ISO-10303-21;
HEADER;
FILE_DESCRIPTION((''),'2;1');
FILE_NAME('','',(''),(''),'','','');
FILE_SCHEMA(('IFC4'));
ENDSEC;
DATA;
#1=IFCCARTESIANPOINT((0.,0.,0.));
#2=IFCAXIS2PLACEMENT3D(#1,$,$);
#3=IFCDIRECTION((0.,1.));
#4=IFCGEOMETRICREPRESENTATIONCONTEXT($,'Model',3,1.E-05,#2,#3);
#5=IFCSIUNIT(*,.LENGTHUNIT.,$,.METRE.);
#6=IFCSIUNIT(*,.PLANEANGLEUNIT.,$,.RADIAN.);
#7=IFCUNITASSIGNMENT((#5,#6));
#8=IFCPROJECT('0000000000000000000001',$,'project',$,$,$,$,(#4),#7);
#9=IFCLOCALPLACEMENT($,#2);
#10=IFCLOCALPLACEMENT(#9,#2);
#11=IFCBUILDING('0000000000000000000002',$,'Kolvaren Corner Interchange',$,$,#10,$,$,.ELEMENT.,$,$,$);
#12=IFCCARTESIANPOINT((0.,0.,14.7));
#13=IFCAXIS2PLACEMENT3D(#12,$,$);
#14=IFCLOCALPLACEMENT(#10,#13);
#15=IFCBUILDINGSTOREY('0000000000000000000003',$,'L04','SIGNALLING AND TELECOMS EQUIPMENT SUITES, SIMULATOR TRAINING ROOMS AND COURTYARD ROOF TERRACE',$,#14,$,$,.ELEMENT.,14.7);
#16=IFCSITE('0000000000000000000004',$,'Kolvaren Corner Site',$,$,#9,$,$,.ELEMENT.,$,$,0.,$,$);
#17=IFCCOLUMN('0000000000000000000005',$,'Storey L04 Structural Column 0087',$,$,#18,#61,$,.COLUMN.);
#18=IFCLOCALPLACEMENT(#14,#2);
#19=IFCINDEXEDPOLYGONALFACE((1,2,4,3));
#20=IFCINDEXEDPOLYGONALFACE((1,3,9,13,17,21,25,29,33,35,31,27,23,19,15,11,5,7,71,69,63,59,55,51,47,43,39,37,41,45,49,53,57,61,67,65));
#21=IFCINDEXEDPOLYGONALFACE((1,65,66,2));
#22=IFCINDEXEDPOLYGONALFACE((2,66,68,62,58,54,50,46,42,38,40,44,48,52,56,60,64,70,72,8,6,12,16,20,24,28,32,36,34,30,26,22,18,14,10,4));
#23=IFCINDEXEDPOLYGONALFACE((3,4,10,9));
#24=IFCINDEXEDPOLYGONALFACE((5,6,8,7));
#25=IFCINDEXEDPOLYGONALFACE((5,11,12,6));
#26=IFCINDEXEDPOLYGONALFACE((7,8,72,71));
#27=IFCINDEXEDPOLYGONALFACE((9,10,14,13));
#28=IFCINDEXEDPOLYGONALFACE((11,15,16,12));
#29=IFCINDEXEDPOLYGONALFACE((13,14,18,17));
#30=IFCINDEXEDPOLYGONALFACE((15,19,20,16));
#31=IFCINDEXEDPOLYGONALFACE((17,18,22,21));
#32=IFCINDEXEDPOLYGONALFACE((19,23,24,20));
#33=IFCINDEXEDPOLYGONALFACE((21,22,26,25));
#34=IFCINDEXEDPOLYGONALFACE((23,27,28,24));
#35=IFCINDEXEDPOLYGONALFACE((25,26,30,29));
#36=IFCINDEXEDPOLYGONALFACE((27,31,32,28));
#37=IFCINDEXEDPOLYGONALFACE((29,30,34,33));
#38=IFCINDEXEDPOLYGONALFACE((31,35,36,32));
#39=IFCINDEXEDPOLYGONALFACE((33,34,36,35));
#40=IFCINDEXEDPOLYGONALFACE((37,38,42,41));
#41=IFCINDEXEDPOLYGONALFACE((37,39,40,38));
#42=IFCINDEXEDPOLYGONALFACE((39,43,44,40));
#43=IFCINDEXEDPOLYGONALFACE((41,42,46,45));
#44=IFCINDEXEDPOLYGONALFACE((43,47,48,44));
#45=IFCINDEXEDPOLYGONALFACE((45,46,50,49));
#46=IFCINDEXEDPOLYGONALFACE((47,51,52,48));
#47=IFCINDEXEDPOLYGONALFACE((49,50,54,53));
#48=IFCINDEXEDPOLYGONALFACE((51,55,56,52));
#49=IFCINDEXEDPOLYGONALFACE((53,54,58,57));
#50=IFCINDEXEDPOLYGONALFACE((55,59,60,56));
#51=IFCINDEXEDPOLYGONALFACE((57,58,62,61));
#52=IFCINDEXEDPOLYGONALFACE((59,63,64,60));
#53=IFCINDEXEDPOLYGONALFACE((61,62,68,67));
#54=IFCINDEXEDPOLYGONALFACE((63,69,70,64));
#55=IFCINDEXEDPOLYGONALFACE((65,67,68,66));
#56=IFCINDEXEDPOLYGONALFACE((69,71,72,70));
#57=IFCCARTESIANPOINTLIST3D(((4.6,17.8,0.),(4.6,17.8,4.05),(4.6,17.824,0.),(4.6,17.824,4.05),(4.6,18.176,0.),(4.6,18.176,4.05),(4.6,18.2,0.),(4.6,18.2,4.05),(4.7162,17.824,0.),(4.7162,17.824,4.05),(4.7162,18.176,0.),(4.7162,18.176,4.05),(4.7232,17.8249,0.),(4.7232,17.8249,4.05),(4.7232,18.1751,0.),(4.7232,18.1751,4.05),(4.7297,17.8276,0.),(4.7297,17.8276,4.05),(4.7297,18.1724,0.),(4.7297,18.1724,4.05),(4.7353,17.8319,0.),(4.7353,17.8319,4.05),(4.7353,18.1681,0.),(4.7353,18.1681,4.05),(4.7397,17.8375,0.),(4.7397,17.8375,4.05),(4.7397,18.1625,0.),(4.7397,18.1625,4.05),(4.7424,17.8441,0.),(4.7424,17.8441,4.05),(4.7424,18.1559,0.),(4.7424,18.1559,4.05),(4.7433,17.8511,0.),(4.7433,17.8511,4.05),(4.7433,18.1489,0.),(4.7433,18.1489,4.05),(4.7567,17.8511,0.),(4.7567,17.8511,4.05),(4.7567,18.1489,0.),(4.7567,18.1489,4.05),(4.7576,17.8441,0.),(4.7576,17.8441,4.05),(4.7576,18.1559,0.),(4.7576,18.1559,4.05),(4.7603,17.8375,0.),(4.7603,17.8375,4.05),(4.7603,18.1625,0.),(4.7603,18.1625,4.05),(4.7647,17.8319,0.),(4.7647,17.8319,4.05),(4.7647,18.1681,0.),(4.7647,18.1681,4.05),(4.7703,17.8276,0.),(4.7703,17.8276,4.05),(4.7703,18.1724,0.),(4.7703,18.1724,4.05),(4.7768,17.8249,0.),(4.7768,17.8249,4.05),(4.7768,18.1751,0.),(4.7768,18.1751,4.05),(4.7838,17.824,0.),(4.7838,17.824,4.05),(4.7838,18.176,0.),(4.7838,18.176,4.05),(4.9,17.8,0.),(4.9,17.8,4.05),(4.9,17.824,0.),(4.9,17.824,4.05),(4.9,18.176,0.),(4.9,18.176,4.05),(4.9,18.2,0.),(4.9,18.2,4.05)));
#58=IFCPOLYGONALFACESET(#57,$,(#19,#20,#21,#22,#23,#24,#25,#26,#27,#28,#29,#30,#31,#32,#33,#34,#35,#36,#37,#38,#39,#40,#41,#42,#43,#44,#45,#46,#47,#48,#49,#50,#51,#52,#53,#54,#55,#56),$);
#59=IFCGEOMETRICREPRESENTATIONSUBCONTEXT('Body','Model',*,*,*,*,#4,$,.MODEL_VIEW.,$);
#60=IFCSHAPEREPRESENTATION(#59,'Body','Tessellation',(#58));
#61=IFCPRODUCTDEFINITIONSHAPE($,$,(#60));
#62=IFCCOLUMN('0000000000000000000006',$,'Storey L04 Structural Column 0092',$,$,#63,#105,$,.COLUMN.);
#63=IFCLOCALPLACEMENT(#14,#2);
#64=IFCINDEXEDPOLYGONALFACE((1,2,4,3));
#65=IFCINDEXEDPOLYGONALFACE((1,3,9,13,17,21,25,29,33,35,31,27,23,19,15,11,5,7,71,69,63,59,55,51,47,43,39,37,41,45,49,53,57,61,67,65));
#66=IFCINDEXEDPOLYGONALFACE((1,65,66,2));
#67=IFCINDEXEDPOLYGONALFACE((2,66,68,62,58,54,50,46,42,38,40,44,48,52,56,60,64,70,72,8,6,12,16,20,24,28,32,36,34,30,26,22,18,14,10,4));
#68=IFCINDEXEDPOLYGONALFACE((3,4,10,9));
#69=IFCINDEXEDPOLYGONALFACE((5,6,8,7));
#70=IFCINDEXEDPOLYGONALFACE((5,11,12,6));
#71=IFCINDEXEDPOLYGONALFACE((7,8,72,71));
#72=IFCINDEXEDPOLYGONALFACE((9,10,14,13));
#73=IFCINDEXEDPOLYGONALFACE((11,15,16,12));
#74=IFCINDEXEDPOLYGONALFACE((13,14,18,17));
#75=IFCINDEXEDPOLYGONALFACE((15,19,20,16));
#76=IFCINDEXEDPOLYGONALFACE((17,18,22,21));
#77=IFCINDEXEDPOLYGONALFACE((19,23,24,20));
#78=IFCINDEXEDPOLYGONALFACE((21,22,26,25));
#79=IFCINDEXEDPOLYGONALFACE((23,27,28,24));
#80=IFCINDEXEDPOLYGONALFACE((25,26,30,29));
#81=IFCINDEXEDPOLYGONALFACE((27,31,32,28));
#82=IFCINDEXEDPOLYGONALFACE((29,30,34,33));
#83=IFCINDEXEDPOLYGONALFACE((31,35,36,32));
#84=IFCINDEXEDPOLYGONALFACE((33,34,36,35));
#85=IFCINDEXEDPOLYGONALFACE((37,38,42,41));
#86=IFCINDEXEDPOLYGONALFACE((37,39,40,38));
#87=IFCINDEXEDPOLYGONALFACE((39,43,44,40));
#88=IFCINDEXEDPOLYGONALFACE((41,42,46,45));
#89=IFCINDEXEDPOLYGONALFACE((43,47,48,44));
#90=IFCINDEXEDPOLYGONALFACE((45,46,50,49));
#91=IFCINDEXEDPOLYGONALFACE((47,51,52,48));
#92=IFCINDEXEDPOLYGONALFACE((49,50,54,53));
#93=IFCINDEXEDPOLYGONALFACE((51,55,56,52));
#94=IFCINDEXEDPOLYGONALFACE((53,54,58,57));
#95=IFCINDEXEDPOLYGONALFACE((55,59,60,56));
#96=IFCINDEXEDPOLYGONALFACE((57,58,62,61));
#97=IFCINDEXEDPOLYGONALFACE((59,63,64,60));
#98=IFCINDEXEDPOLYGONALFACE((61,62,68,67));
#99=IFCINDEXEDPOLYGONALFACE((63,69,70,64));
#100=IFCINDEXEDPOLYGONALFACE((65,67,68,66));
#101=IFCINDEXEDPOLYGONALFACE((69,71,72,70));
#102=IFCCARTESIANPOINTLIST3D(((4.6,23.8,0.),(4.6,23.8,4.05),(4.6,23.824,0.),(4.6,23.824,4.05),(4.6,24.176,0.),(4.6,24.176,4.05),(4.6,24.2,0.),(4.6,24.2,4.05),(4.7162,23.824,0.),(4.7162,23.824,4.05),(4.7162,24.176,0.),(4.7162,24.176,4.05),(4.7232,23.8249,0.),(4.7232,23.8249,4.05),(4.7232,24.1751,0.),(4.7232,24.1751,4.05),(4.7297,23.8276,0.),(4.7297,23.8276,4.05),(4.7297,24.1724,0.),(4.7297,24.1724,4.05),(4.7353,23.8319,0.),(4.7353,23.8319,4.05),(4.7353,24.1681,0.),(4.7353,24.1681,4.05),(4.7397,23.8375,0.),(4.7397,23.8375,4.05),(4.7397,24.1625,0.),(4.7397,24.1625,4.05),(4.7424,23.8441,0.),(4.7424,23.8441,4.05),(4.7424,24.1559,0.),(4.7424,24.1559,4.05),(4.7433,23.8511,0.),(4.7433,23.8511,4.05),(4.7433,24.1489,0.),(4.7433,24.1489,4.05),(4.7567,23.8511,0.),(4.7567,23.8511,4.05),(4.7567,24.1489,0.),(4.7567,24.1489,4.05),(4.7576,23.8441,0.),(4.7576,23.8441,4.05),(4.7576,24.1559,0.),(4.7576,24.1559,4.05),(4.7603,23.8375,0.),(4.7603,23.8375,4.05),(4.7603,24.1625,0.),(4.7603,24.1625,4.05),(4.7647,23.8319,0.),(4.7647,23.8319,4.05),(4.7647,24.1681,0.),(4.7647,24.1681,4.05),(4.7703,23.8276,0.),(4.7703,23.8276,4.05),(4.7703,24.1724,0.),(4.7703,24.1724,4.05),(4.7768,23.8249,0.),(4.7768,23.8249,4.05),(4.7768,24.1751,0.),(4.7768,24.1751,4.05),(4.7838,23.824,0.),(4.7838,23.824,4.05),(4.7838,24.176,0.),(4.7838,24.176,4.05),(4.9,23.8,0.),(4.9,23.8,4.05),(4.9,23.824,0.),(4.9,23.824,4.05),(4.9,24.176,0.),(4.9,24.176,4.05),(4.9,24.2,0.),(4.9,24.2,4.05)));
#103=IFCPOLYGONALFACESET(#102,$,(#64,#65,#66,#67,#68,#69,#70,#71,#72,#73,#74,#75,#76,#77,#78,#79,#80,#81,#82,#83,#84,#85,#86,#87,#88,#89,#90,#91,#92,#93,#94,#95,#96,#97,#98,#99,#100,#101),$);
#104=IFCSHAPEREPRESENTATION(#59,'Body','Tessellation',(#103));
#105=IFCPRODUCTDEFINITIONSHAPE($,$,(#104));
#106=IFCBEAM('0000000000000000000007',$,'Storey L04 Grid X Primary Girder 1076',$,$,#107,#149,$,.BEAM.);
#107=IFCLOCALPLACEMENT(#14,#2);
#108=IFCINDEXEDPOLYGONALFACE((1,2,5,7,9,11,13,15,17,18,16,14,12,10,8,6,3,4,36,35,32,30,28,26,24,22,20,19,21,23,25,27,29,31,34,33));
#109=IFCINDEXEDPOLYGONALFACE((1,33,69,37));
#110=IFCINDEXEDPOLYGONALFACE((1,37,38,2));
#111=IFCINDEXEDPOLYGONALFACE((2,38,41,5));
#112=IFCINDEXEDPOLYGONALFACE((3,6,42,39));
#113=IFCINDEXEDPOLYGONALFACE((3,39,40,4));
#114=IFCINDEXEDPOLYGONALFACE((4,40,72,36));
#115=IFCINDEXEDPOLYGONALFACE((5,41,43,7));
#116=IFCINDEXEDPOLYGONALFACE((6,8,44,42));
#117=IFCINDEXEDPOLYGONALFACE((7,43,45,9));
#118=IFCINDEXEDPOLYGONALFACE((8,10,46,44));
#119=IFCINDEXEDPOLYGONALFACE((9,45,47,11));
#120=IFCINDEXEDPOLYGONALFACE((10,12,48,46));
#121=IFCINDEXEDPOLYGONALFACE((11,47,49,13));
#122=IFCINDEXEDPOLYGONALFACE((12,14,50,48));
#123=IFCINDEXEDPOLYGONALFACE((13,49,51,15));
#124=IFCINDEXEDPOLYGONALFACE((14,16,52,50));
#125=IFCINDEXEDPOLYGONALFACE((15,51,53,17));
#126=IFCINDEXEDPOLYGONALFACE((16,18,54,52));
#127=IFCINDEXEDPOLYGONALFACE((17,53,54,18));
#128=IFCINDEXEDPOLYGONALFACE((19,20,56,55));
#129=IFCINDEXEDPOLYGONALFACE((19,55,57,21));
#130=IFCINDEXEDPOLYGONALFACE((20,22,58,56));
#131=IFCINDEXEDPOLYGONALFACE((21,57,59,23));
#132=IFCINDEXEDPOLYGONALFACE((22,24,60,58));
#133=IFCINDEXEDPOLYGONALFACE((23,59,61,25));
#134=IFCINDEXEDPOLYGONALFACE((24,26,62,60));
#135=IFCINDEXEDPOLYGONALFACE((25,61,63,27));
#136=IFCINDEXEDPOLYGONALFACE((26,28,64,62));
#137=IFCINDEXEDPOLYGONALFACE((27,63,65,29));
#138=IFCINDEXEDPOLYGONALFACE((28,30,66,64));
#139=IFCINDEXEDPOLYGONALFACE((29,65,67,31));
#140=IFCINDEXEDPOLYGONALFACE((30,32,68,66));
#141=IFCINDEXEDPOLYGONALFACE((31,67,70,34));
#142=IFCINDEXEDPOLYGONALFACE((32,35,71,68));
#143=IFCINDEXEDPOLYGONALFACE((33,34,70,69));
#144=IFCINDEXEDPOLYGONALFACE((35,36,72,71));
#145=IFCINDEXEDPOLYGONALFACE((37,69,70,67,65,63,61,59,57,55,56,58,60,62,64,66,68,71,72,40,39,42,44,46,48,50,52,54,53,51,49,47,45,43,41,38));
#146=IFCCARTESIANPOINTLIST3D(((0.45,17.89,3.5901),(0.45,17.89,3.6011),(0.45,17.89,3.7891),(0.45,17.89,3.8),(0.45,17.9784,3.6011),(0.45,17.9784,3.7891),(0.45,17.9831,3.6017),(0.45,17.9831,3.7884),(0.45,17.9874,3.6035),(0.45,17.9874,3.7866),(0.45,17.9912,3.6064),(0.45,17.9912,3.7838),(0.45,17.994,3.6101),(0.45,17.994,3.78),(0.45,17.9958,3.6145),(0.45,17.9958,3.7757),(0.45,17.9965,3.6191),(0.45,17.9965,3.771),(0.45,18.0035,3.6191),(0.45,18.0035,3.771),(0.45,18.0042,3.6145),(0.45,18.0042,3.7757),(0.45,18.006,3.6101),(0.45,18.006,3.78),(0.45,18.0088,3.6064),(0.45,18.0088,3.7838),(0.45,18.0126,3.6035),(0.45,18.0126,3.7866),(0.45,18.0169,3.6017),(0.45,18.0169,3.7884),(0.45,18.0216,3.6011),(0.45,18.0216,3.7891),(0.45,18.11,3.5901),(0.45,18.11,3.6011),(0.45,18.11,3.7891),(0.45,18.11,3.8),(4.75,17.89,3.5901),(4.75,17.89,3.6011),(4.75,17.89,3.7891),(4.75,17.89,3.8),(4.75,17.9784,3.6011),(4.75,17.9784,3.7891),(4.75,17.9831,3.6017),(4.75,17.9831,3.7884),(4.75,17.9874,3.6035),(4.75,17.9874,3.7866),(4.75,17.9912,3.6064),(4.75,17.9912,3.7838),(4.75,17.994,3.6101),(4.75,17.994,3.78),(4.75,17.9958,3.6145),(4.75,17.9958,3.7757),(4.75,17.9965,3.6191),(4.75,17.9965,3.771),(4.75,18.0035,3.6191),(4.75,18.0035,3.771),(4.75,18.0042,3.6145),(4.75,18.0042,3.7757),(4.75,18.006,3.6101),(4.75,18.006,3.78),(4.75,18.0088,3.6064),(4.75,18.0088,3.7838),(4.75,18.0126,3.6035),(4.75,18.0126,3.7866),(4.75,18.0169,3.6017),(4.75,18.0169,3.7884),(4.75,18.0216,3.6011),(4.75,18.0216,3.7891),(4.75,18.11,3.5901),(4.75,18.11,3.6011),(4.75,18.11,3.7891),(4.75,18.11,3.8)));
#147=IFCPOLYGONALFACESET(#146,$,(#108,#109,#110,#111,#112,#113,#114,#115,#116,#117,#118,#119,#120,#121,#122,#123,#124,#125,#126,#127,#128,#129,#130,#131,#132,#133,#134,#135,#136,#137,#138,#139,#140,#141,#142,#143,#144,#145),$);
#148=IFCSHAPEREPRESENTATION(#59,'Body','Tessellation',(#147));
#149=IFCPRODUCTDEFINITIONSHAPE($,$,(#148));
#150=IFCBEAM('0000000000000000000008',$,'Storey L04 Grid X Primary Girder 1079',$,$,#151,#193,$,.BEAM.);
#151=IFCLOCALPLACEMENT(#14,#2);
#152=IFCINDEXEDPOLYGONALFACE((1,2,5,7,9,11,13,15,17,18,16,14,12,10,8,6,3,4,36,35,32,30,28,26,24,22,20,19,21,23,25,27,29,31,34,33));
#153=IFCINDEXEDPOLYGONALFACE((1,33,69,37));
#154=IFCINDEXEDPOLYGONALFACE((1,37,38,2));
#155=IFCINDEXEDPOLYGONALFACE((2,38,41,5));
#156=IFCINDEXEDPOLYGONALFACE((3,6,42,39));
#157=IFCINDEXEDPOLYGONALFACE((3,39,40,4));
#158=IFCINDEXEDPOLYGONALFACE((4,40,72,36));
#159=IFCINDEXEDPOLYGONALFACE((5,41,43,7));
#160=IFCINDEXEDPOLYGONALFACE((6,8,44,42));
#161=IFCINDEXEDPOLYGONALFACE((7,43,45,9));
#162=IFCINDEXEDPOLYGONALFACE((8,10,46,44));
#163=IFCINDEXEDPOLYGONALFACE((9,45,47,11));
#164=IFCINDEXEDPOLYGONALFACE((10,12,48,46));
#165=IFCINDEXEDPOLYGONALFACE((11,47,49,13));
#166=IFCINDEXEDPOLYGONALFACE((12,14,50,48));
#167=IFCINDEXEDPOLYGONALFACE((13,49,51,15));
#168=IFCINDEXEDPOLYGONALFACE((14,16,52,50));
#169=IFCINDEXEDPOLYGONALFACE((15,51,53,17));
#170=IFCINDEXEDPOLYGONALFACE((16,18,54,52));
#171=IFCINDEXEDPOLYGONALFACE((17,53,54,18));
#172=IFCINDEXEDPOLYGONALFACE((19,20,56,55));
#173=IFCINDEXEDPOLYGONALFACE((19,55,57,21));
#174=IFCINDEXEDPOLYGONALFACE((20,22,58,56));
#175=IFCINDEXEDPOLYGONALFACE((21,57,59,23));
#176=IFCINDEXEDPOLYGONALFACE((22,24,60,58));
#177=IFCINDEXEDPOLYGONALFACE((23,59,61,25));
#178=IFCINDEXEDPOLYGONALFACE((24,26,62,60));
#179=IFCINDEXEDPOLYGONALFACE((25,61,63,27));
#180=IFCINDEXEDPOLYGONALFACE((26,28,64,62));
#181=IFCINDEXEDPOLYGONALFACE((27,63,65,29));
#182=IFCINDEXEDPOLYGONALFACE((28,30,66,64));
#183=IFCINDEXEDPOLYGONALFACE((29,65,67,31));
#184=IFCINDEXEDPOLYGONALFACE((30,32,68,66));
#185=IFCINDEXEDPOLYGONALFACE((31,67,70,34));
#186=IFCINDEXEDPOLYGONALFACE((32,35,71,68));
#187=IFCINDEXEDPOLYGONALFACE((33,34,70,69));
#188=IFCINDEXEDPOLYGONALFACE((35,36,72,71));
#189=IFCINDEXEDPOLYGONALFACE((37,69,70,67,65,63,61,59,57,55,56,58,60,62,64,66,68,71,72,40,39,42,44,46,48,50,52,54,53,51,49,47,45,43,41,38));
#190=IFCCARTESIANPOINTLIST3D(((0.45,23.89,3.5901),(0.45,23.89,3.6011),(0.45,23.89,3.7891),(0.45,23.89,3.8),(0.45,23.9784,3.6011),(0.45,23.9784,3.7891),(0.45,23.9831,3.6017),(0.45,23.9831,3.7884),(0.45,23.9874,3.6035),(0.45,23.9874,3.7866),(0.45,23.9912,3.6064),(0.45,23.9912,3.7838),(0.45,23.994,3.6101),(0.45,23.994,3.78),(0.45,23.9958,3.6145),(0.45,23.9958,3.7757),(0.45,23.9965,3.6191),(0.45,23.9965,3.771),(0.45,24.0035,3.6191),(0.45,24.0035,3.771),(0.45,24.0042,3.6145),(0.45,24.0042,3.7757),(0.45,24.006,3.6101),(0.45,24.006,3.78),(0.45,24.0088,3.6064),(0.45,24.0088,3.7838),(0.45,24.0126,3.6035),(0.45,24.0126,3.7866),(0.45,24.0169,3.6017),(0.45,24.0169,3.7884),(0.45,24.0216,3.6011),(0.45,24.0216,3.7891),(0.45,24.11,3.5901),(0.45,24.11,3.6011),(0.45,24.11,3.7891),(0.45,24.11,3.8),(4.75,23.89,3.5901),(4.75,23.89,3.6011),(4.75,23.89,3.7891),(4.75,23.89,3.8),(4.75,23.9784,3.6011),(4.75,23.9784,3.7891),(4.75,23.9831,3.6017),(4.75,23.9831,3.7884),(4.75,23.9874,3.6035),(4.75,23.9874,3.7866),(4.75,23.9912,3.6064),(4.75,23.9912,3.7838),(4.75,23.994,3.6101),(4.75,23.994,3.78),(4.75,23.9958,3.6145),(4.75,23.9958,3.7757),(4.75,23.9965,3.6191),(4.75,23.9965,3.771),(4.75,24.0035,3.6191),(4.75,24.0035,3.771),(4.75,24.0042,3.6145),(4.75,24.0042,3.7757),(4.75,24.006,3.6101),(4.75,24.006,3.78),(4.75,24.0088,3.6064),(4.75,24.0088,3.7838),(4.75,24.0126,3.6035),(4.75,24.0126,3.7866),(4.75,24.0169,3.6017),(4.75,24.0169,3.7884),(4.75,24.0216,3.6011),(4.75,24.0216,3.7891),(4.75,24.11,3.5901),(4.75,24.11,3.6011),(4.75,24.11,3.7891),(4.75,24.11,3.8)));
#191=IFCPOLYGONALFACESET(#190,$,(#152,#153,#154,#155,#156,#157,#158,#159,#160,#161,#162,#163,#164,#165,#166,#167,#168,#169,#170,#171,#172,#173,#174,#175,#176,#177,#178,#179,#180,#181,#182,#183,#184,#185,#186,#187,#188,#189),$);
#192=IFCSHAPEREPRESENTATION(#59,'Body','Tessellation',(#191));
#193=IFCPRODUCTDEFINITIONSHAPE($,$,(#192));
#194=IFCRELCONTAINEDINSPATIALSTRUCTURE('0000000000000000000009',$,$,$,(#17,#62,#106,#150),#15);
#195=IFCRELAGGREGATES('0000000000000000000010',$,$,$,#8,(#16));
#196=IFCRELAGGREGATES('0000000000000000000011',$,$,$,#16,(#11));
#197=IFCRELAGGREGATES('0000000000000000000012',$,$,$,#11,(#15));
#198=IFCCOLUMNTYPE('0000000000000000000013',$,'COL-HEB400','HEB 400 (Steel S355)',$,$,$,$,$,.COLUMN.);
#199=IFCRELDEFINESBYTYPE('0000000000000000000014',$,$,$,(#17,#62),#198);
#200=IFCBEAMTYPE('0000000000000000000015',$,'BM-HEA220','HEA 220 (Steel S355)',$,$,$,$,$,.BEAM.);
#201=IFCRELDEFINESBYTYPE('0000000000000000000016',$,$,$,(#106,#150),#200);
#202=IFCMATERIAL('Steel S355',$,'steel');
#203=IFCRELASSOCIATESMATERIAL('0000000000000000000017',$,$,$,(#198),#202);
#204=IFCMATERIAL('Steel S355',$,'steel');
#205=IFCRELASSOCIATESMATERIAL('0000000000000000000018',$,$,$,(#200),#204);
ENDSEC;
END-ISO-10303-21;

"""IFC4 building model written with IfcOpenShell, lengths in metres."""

from ifc_helpers import new_model, si_unit, direction, frame, origin, origin_2d, place, context, subcontext, project, spatial, i_section, extrude, material, material_profile, profile_set, type_object, element, save


model = new_model("IFC4")

# Units and contexts
model_context = context("Model", 3, precision=1e-05, world=origin(), true_north=direction((0.0, 1.0)))
body_context = subcontext(model_context, "Body", "Model", "MODEL_VIEW")
ifc_project = project(units=[si_unit("LENGTHUNIT", "METRE"), si_unit("PLANEANGLEUNIT", "RADIAN")], contexts=[model_context])

# Site, building, storey
site_placement = place(None, origin())
site = spatial("IfcSite", under=ifc_project, at=site_placement, Name="Kolvaren Corner Site", CompositionType="ELEMENT", RefElevation=0.0)
building_placement = place(site_placement, origin())
building = spatial("IfcBuilding", under=site, at=building_placement, Name="Kolvaren Corner Interchange", CompositionType="ELEMENT")
storey_placement = place(building_placement, frame((0.0, 0.0, 14.7)))
storey = spatial("IfcBuildingStorey", under=building, at=storey_placement, Name="L04", Description="SIGNALLING AND TELECOMS EQUIPMENT SUITES, SIMULATOR TRAINING ROOMS AND COURTYARD ROOF TERRACE", CompositionType="ELEMENT", Elevation=14.7)

# Columns
ifc_material_1 = material(Name="Steel S355", Category="steel")
ifc_material_profile_1 = material_profile(ifc_material_1, i_section(OverallWidth=0.3, OverallDepth=0.3999, WebThickness=0.0134, FlangeThickness=0.0239, FilletRadius=0.0271, at=origin_2d()), Name="HEB 400")
ifc_profile_set_1 = profile_set([ifc_material_profile_1], Name="Steel S355")
column_type_1 = type_object("IfcColumnType", Name="COL-HEB400", Description="HEB 400 (Steel S355)", PredefinedType="COLUMN", material=ifc_profile_set_1)
for number, where, z_axis, x_axis, name in (
    (1, (4.75, 18.0, 0.0), (0.0, 0.0, 1.0), (1.0, 0.0, 0.0), "Storey L04 Structural Column 0087"),
    (2, (4.75, 24.0, 0.0), (0.0, 0.0, 1.0), (1.0, 0.0, 0.0), "Storey L04 Structural Column 0092"),
):
    element("IfcColumn", number, at=place(storey_placement, frame(where, z_axis=z_axis, x_axis=x_axis)), inside=storey, type_object=column_type_1, Name=name, PredefinedType="COLUMN", context=body_context, shape_type="SweptSolid", body=[
        extrude(i_section(OverallWidth=0.3, OverallDepth=0.3999, WebThickness=0.0134, FlangeThickness=0.0239, FilletRadius=0.0271, at=origin_2d()), origin(), (0.0, 0.0, 1.0), 4.05),
    ])

# Beams
ifc_material_2 = material(Name="Steel S355", Category="steel")
ifc_material_profile_2 = material_profile(ifc_material_2, i_section(OverallWidth=0.22, OverallDepth=0.21, WebThickness=0.0071, FlangeThickness=0.011, FilletRadius=0.0181, at=origin_2d()), Name="HEA 220")
ifc_profile_set_2 = profile_set([ifc_material_profile_2], Name="Steel S355")
beam_type_1 = type_object("IfcBeamType", Name="BM-HEA220", Description="HEA 220 (Steel S355)", PredefinedType="BEAM", material=ifc_profile_set_2)
for number, where, z_axis, x_axis, name in (
    (3, (0.45, 18.0, 3.6951), (1.0, 0.0, 0.0), (0.0, 1.0, 0.0), "Storey L04 Grid X Primary Girder 1076"),
    (4, (0.45, 24.0, 3.6951), (1.0, 0.0, 0.0), (0.0, 1.0, 0.0), "Storey L04 Grid X Primary Girder 1079"),
):
    element("IfcBeam", number, at=place(storey_placement, frame(where, z_axis=z_axis, x_axis=x_axis)), inside=storey, type_object=beam_type_1, Name=name, PredefinedType="BEAM", context=body_context, shape_type="SweptSolid", body=[
        extrude(i_section(OverallWidth=0.22, OverallDepth=0.21, WebThickness=0.0071, FlangeThickness=0.011, FilletRadius=0.0181, at=origin_2d()), origin(), (0.0, 0.0, 1.0), 4.3),
    ])

save(model, "model.ifc")
